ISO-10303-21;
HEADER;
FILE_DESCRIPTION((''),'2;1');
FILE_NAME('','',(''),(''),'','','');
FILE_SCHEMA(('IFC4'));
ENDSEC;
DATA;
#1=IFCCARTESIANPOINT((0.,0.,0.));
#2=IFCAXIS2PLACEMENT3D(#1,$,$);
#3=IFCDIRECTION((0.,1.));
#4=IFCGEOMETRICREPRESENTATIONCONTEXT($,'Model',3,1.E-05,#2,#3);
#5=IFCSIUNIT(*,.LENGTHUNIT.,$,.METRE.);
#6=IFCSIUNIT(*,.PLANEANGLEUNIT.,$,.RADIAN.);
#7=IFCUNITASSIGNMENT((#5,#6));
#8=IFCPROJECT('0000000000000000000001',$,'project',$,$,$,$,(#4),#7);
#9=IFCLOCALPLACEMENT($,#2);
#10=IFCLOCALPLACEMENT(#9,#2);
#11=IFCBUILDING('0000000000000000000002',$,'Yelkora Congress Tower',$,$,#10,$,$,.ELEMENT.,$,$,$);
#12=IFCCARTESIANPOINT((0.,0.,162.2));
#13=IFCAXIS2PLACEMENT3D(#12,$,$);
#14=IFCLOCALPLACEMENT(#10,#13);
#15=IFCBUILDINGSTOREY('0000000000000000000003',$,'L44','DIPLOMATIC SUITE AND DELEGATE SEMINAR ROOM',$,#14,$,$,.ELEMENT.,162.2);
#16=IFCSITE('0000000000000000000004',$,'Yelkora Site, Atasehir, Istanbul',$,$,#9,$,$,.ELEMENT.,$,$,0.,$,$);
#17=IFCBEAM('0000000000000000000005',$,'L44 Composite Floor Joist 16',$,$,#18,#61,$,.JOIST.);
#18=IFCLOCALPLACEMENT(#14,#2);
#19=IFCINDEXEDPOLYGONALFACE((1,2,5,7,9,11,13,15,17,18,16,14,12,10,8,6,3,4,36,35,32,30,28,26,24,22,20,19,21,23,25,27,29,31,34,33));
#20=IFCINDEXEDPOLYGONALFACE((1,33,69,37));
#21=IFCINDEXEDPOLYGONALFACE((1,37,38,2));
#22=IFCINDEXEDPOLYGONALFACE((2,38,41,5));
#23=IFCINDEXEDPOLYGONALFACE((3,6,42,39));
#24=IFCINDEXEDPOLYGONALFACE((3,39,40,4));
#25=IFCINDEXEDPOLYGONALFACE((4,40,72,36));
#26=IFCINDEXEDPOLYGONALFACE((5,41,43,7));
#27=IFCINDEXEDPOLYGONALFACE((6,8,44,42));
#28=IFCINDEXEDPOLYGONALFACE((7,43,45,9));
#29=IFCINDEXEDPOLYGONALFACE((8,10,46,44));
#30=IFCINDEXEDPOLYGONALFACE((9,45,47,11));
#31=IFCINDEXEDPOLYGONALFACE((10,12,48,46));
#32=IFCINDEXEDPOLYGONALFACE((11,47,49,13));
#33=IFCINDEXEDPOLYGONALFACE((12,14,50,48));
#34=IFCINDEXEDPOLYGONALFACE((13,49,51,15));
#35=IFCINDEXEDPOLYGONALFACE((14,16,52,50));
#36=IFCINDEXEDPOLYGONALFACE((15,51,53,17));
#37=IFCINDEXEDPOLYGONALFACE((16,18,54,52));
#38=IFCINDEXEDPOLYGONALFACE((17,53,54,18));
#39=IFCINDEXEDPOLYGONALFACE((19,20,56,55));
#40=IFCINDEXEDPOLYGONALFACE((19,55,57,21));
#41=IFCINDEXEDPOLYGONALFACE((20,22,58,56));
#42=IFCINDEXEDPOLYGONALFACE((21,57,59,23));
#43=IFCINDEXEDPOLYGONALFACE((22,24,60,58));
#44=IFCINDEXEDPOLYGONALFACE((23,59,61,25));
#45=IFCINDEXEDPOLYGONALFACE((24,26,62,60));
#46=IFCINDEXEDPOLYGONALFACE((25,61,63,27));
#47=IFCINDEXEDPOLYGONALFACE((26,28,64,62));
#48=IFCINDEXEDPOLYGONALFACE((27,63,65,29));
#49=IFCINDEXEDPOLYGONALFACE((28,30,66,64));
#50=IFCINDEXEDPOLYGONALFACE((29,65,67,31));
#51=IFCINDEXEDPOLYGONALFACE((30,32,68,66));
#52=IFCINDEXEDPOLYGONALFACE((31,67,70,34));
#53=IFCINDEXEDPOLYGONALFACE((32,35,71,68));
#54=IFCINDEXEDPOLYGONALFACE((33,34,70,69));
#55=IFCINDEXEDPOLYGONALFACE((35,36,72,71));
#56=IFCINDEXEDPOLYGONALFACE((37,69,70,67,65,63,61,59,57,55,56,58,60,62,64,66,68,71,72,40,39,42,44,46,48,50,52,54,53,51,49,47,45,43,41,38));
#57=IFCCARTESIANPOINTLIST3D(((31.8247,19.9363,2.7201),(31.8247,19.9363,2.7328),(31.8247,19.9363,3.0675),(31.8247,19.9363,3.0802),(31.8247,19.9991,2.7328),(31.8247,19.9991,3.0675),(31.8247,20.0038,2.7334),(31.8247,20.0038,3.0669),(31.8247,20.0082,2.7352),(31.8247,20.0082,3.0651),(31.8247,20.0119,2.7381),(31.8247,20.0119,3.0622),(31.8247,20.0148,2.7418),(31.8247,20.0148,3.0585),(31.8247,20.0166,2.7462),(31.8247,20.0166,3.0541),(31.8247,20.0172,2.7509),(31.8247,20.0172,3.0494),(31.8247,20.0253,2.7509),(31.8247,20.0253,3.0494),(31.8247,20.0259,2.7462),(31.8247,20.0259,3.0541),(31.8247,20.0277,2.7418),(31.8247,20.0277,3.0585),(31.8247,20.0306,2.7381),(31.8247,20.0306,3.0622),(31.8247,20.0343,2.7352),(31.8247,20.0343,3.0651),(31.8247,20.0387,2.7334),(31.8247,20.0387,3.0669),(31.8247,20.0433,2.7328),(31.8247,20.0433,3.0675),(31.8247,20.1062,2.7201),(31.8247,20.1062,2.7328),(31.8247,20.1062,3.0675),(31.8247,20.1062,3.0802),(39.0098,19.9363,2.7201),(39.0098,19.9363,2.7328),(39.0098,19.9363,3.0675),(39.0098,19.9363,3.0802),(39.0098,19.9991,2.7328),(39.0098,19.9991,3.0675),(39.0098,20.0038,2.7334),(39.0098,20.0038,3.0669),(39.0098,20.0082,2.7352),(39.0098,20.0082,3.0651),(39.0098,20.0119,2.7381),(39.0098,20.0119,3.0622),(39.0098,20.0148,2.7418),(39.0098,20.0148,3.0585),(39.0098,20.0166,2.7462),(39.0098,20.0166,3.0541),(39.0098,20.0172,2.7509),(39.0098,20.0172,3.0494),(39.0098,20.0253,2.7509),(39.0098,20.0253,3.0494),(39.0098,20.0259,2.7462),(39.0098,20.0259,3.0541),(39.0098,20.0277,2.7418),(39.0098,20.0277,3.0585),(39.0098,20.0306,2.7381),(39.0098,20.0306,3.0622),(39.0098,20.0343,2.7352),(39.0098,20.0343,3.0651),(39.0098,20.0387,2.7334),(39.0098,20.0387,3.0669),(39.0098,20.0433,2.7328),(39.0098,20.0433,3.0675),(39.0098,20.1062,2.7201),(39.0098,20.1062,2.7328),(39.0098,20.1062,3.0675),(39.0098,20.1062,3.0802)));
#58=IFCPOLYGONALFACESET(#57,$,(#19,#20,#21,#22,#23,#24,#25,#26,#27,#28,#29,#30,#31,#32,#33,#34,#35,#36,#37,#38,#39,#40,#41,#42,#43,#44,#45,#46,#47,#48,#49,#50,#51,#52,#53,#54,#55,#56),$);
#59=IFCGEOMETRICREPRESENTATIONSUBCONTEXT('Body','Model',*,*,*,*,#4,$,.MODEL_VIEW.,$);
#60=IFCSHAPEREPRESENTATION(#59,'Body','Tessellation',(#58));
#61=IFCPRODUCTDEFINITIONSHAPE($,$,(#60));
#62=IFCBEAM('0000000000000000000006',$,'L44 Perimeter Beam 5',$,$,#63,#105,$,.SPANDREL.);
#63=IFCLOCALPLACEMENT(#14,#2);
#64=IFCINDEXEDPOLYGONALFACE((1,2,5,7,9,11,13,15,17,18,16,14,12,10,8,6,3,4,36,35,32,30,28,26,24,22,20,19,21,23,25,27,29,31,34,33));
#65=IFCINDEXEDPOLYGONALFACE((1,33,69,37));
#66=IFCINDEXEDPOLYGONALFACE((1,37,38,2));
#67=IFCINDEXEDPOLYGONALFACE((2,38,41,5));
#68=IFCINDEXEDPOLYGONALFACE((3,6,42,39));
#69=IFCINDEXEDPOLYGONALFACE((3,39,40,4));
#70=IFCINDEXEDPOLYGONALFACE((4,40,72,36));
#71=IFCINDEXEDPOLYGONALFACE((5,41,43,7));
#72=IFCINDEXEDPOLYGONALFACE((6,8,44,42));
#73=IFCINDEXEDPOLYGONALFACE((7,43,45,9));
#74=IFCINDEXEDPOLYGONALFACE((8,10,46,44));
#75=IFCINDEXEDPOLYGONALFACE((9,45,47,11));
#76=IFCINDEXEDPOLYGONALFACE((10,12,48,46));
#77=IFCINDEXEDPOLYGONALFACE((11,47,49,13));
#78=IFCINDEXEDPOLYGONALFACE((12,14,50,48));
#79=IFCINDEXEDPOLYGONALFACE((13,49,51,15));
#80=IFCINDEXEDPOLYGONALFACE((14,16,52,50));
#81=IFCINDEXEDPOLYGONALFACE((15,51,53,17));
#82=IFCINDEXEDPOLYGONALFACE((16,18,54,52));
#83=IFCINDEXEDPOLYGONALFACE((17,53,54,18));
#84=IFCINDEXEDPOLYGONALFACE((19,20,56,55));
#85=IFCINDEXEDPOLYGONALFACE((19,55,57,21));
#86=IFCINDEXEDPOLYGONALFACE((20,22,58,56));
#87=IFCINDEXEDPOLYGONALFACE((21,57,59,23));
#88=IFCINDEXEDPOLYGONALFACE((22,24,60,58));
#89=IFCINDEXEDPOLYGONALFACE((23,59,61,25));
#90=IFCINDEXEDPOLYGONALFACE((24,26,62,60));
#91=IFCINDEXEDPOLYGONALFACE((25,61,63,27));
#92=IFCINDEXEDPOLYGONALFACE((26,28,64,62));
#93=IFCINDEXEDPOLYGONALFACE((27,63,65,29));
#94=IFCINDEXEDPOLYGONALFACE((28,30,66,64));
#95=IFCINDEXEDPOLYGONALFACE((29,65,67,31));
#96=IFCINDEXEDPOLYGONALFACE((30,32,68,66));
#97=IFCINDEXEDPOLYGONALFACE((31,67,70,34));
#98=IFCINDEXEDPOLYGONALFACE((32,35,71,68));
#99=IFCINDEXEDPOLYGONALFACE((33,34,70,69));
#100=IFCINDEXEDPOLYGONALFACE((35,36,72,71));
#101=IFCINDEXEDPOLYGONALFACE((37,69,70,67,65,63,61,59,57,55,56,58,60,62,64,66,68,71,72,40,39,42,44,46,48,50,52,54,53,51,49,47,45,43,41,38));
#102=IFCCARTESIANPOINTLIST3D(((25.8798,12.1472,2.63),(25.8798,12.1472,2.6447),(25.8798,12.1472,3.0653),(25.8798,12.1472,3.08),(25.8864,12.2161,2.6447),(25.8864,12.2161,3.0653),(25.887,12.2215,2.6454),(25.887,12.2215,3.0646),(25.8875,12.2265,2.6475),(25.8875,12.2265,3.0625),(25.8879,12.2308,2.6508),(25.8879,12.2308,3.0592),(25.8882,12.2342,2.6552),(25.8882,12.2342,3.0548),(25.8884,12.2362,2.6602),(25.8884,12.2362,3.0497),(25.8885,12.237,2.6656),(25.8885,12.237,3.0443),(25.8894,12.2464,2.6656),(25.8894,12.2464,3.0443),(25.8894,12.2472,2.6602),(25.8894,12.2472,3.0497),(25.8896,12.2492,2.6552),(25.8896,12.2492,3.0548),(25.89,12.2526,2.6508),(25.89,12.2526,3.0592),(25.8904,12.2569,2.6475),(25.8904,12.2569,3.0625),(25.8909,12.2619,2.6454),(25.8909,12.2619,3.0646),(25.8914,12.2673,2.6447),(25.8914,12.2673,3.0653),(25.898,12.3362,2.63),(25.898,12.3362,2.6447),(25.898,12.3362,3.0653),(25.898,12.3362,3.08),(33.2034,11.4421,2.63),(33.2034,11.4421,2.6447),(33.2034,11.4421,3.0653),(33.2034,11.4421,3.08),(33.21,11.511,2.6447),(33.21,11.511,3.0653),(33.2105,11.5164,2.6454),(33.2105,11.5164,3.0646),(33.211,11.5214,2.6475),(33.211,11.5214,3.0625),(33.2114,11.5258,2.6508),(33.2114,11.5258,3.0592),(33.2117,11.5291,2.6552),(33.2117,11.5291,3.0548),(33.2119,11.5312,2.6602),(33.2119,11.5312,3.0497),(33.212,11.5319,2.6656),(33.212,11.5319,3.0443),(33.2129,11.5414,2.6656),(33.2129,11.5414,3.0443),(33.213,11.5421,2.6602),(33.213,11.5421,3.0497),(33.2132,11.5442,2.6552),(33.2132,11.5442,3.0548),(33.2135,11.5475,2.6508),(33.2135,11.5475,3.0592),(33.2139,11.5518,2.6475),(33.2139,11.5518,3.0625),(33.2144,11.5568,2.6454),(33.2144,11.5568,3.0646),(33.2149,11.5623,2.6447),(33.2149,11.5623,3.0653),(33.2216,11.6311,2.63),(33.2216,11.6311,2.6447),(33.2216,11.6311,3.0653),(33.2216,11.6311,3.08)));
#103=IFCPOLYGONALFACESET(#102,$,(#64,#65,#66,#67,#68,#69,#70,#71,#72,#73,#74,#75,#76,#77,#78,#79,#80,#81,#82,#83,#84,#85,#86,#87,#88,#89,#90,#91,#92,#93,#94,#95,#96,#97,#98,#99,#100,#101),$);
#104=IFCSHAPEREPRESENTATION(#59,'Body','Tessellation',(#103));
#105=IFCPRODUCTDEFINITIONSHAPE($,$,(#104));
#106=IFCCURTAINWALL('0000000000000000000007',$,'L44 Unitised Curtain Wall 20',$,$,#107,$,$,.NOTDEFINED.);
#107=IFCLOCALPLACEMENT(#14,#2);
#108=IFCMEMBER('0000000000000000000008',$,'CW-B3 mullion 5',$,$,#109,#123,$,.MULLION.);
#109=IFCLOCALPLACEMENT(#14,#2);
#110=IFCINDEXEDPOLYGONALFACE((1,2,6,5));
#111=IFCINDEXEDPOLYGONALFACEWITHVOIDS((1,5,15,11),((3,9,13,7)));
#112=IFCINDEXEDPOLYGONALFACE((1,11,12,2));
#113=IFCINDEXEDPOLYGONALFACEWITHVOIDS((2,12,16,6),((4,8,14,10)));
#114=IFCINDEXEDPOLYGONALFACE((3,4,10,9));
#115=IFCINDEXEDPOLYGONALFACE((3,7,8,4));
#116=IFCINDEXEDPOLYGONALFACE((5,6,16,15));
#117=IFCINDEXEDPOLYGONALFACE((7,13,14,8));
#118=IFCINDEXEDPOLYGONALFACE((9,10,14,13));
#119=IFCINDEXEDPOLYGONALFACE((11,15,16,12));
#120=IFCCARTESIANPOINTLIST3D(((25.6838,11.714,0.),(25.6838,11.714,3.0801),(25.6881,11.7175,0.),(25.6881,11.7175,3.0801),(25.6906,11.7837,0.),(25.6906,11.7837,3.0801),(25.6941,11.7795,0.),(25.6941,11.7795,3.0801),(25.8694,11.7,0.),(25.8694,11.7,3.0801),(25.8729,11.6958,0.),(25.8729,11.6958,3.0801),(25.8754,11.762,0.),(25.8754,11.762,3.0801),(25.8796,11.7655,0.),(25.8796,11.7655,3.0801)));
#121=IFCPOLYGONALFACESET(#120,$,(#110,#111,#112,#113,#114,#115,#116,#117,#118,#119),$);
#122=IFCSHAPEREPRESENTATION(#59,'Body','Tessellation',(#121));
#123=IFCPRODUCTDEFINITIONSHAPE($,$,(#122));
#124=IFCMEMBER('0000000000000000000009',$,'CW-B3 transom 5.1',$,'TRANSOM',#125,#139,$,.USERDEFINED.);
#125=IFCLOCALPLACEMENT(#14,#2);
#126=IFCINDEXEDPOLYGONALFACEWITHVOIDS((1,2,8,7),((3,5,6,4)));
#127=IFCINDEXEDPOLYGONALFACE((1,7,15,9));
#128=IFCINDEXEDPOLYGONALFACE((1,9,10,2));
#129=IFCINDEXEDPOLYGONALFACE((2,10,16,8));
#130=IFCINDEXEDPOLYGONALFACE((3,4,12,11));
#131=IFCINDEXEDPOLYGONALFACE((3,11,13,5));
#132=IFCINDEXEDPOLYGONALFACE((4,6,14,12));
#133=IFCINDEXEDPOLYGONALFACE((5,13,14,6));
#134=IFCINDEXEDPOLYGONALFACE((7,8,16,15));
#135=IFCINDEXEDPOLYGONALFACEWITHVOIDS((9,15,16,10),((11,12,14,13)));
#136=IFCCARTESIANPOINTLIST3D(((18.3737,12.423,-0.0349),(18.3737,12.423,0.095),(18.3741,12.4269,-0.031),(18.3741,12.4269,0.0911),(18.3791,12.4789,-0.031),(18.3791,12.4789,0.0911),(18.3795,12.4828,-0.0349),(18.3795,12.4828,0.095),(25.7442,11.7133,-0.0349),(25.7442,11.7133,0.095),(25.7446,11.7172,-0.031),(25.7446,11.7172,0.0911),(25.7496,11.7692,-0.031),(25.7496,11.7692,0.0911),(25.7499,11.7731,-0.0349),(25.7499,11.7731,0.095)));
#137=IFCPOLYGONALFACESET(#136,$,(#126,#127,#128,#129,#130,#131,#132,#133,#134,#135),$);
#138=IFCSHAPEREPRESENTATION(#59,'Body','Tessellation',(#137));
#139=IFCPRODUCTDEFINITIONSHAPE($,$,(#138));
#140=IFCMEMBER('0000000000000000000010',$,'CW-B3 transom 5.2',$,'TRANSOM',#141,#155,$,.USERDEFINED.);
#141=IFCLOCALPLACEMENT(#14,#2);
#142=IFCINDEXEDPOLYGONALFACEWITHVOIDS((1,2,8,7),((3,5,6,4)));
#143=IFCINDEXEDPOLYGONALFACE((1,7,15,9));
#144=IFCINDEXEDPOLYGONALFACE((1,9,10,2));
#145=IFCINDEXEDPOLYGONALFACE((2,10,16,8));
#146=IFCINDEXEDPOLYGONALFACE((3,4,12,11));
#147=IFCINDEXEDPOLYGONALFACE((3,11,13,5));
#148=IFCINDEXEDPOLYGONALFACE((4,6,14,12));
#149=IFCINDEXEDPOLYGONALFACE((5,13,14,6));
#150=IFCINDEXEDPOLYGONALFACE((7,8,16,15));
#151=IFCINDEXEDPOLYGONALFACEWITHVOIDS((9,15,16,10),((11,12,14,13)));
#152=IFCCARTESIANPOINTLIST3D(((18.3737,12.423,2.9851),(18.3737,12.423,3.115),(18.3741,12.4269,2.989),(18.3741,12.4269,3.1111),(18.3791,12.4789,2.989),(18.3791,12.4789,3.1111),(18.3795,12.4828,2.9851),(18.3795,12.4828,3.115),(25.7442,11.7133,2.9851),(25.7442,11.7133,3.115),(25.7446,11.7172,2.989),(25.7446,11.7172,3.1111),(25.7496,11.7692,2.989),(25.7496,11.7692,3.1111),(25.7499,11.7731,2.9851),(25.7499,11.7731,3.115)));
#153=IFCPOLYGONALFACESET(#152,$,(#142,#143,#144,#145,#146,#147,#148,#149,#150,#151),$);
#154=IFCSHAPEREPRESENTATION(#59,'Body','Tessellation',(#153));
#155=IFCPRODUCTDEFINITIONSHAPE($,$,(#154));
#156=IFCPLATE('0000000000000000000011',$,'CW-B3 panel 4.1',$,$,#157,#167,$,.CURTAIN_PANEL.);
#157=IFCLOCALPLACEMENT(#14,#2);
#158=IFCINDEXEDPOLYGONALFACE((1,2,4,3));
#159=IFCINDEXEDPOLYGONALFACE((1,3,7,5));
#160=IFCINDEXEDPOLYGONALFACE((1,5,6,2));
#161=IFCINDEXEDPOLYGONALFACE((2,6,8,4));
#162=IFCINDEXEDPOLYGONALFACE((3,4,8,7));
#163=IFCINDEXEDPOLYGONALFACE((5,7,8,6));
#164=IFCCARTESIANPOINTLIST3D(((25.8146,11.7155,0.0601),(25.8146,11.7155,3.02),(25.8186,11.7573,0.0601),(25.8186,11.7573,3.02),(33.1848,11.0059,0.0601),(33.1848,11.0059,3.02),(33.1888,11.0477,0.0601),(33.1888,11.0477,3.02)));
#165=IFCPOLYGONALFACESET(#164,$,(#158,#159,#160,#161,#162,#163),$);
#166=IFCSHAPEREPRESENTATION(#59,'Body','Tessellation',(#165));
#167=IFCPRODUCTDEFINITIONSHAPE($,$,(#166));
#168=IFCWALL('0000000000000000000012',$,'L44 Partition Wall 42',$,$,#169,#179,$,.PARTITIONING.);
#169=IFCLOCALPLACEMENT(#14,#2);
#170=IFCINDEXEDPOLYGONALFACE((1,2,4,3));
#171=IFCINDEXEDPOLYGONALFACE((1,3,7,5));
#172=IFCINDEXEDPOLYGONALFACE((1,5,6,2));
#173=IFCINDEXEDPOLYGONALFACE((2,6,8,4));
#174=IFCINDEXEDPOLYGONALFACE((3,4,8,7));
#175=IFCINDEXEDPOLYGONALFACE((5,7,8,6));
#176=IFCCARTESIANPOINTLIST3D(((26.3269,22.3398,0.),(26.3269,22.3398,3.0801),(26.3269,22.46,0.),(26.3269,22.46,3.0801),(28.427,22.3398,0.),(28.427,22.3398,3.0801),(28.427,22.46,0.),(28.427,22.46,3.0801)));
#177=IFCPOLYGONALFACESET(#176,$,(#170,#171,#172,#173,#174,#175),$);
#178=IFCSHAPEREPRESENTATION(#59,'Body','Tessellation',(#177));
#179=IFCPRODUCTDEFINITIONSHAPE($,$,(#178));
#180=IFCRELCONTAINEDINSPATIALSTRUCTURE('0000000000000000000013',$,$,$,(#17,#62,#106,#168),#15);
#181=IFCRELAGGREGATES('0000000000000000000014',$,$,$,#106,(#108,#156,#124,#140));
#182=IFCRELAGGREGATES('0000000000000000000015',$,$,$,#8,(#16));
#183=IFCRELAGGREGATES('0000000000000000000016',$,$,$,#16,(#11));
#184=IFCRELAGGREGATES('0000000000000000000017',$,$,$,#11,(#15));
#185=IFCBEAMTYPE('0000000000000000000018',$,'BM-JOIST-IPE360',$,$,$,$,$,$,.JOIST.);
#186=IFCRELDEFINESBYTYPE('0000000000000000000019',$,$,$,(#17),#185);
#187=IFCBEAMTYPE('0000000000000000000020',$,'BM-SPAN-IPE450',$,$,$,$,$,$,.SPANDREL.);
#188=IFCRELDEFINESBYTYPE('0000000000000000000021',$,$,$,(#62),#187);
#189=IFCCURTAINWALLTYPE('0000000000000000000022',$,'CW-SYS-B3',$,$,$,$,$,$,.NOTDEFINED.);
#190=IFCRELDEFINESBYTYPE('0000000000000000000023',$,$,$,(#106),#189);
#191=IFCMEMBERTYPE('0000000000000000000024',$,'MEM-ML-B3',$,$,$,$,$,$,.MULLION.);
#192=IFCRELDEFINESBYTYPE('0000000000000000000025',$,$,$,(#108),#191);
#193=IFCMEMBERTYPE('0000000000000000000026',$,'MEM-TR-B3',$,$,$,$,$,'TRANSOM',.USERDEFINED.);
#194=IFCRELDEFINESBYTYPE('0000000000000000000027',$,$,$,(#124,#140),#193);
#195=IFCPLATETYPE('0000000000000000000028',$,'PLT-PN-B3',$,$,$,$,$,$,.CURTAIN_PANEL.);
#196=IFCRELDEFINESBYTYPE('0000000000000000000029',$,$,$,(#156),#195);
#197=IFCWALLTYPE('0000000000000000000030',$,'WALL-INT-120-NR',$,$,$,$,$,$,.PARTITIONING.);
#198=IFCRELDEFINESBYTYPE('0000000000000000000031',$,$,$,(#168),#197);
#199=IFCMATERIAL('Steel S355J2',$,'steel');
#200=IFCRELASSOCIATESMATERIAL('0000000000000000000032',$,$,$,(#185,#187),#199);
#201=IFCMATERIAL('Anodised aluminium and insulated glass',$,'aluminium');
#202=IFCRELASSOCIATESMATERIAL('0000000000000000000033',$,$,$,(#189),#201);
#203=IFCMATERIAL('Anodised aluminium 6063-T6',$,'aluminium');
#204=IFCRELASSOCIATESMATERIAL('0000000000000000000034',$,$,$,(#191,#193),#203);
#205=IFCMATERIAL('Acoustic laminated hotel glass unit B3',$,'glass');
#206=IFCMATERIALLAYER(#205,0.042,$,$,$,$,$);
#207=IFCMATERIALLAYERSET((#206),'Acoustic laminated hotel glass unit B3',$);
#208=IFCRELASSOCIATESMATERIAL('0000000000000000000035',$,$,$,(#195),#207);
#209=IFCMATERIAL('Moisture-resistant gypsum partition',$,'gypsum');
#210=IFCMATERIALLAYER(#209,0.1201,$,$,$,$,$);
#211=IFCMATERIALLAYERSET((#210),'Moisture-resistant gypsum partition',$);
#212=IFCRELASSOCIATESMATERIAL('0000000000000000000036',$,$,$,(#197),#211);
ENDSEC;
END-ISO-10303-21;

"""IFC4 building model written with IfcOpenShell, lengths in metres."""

from ifc_helpers import new_model, si_unit, direction, frame, frame_2d, origin, origin_2d, place, context, subcontext, project, spatial, rectangle, hollow_rectangle, i_section, extrude, material, layer, layer_set, material_profile, profile_set, type_object, element, aggregate, save


model = new_model("IFC4")

# Units and contexts
model_context = context("Model", 3, precision=1e-05, world=origin(), true_north=direction((0.0, 1.0)))
body_context = subcontext(model_context, "Body", "Model", "MODEL_VIEW")
ifc_project = project(units=[si_unit("LENGTHUNIT", "METRE"), si_unit("PLANEANGLEUNIT", "RADIAN")], contexts=[model_context])

# Site, building, storey
site_placement = place(None, origin())
site = spatial("IfcSite", under=ifc_project, at=site_placement, Name="Yelkora Site, Atasehir, Istanbul", CompositionType="ELEMENT", RefElevation=0.0)
building_placement = place(site_placement, origin())
building = spatial("IfcBuilding", under=site, at=building_placement, Name="Yelkora Congress Tower", CompositionType="ELEMENT")
storey_placement = place(building_placement, frame((0.0, 0.0, 162.2)))
storey = spatial("IfcBuildingStorey", under=building, at=storey_placement, Name="L44", Description="DIPLOMATIC SUITE AND DELEGATE SEMINAR ROOM", CompositionType="ELEMENT", Elevation=162.2)

# Beams
ifc_material_1 = material(Name="Steel S355J2", Category="steel")
ifc_material_profile_1 = material_profile(ifc_material_1, i_section(OverallWidth=0.1699, OverallDepth=0.3601, WebThickness=0.0081, FlangeThickness=0.0127, FilletRadius=0.0181, at=origin_2d()), Name="IPE 360")
ifc_profile_set_1 = profile_set([ifc_material_profile_1], Name="Steel S355J2")
beam_type_1 = type_object("IfcBeamType", Name="BM-JOIST-IPE360", PredefinedType="JOIST", material=ifc_profile_set_1)
beam_1_placement = place(storey_placement, frame((31.8247, 20.0212, 2.9001), z_axis=(1.0, 0.0, 0.0), x_axis=(0.0, 1.0, 0.0)))
element("IfcBeam", 1, at=beam_1_placement, inside=storey, type_object=beam_type_1, Name="L44 Composite Floor Joist 16", PredefinedType="JOIST", context=body_context, shape_type="SweptSolid", body=[
    extrude(i_section(OverallWidth=0.1699, OverallDepth=0.3601, WebThickness=0.0081, FlangeThickness=0.0127, FilletRadius=0.0181, at=origin_2d()), origin(), (0.0, 0.0, 1.0), 7.1851),
])
ifc_material_profile_2 = material_profile(ifc_material_1, i_section(OverallWidth=0.1899, OverallDepth=0.45, WebThickness=0.0095, FlangeThickness=0.0146, FilletRadius=0.021, at=origin_2d()), Name="IPE 450")
ifc_profile_set_2 = profile_set([ifc_material_profile_2], Name="Steel S355J2")
beam_type_2 = type_object("IfcBeamType", Name="BM-SPAN-IPE450", PredefinedType="SPANDREL", material=ifc_profile_set_2)
beam_2_placement = place(storey_placement, frame((25.8889, 12.2417, 2.855), z_axis=(0.995397, -0.095833, 0.0), x_axis=(0.095833, 0.995397, 0.0)))
element("IfcBeam", 2, at=beam_2_placement, inside=storey, type_object=beam_type_2, Name="L44 Perimeter Beam 5", PredefinedType="SPANDREL", context=body_context, shape_type="SweptSolid", body=[
    extrude(i_section(OverallWidth=0.1899, OverallDepth=0.45, WebThickness=0.0095, FlangeThickness=0.0146, FilletRadius=0.021, at=origin_2d()), origin(), (0.0, 0.0, 1.0), 7.3574),
])

# Curtain wall, members, plate
ifc_material_2 = material(Name="Anodised aluminium and insulated glass", Category="aluminium")
curtain_wall_type = type_object("IfcCurtainWallType", Name="CW-SYS-B3", PredefinedType="NOTDEFINED", material=ifc_material_2)
curtain_wall_placement = place(storey_placement, origin())
curtain_wall = element("IfcCurtainWall", 3, at=curtain_wall_placement, inside=storey, type_object=curtain_wall_type, Name="L44 Unitised Curtain Wall 20", PredefinedType="NOTDEFINED")
ifc_material_3 = material(Name="Anodised aluminium 6063-T6", Category="aluminium")
ifc_material_profile_3 = material_profile(ifc_material_3, hollow_rectangle(XDim=0.0701, YDim=0.1899, WallThickness=0.0039, at=origin_2d()), Name="ALU 70x190x4")
ifc_profile_set_3 = profile_set([ifc_material_profile_3], Name="Anodised aluminium 6063-T6")
member_type_1 = type_object("IfcMemberType", Name="MEM-ML-B3", PredefinedType="MULLION", material=ifc_profile_set_3)
member_1_placement = place(storey_placement, frame((25.7817, 11.7397, 0.0), z_axis=(0.0, 0.0, 1.0), x_axis=(-0.095845, -0.995396, 0.0)))
member_1 = element("IfcMember", 4, at=member_1_placement, type_object=member_type_1, Name="CW-B3 mullion 5", PredefinedType="MULLION", context=body_context, shape_type="SweptSolid", body=[
    extrude(hollow_rectangle(XDim=0.0701, YDim=0.1899, WallThickness=0.0039, at=origin_2d()), origin(), (0.0, 0.0, 1.0), 3.0801),
])
ifc_material_profile_4 = material_profile(ifc_material_3, hollow_rectangle(XDim=0.0601, YDim=0.1299, WallThickness=0.0039, at=origin_2d()), Name="ALU 60x130x4")
ifc_profile_set_4 = profile_set([ifc_material_profile_4], Name="Anodised aluminium 6063-T6")
member_type_2 = type_object("IfcMemberType", Name="MEM-TR-B3", ElementType="TRANSOM", PredefinedType="USERDEFINED", material=ifc_profile_set_4)
member_2_placement = place(storey_placement, frame((25.7471, 11.7432, 0.03), z_axis=(-0.995396, 0.09585, 0.0), x_axis=(-0.09585, -0.995396, 0.0)))
member_2 = element("IfcMember", 5, at=member_2_placement, type_object=member_type_2, Name="CW-B3 transom 5.1", ObjectType="TRANSOM", PredefinedType="USERDEFINED", context=body_context, shape_type="SweptSolid", body=[
    extrude(hollow_rectangle(XDim=0.0601, YDim=0.1299, WallThickness=0.0039, at=origin_2d()), origin(), (0.0, 0.0, 1.0), 7.4045),
])
member_3_placement = place(storey_placement, frame((25.7471, 11.7432, 3.05), z_axis=(-0.995396, 0.09585, 0.0), x_axis=(-0.09585, -0.995396, 0.0)))
member_3 = element("IfcMember", 6, at=member_3_placement, type_object=member_type_2, Name="CW-B3 transom 5.2", ObjectType="TRANSOM", PredefinedType="USERDEFINED", context=body_context, shape_type="SweptSolid", body=[
    extrude(hollow_rectangle(XDim=0.0601, YDim=0.1299, WallThickness=0.0039, at=origin_2d()), origin(), (0.0, 0.0, 1.0), 7.4045),
])
ifc_material_4 = material(Name="Acoustic laminated hotel glass unit B3", Category="glass")
ifc_layer_1 = layer(ifc_material_4, 0.042)
ifc_layer_set_1 = layer_set([ifc_layer_1], Name="Acoustic laminated hotel glass unit B3")
plate_type = type_object("IfcPlateType", Name="PLT-PN-B3", PredefinedType="CURTAIN_PANEL", material=ifc_layer_set_1)
plate_placement = place(storey_placement, frame((29.5017, 11.3816, 0.0601), z_axis=(0.0, 0.0, 1.0), x_axis=(-0.995396, 0.095845, 0.0)))
plate = element("IfcPlate", 7, at=plate_placement, type_object=plate_type, Name="CW-B3 panel 4.1", PredefinedType="CURTAIN_PANEL", context=body_context, shape_type="SweptSolid", body=[
    extrude(rectangle(XDim=7.4043, YDim=0.042, at=origin_2d()), origin(), (0.0, 0.0, 1.0), 2.96),
])
aggregate(curtain_wall, [member_1, plate, member_2, member_3])

# Wall
ifc_material_5 = material(Name="Moisture-resistant gypsum partition", Category="gypsum")
ifc_layer_2 = layer(ifc_material_5, 0.1201)
ifc_layer_set_2 = layer_set([ifc_layer_2], Name="Moisture-resistant gypsum partition")
wall_type_1 = type_object("IfcWallType", Name="WALL-INT-120-NR", PredefinedType="PARTITIONING", material=ifc_layer_set_2)
wall_1_placement = place(storey_placement, frame((26.3269, 22.3999, 0.0), z_axis=(0.0, 0.0, 1.0), x_axis=(1.0, 0.0, 0.0)))
element("IfcWall", 8, at=wall_1_placement, inside=storey, type_object=wall_type_1, Name="L44 Partition Wall 42", PredefinedType="PARTITIONING", context=body_context, shape_type="SweptSolid", body=[
    extrude(rectangle(XDim=2.1001, YDim=0.1201, at=frame_2d((1.05, 0.0))), origin(), (0.0, 0.0, 1.0), 3.0801),
])

save(model, "model.ifc")
